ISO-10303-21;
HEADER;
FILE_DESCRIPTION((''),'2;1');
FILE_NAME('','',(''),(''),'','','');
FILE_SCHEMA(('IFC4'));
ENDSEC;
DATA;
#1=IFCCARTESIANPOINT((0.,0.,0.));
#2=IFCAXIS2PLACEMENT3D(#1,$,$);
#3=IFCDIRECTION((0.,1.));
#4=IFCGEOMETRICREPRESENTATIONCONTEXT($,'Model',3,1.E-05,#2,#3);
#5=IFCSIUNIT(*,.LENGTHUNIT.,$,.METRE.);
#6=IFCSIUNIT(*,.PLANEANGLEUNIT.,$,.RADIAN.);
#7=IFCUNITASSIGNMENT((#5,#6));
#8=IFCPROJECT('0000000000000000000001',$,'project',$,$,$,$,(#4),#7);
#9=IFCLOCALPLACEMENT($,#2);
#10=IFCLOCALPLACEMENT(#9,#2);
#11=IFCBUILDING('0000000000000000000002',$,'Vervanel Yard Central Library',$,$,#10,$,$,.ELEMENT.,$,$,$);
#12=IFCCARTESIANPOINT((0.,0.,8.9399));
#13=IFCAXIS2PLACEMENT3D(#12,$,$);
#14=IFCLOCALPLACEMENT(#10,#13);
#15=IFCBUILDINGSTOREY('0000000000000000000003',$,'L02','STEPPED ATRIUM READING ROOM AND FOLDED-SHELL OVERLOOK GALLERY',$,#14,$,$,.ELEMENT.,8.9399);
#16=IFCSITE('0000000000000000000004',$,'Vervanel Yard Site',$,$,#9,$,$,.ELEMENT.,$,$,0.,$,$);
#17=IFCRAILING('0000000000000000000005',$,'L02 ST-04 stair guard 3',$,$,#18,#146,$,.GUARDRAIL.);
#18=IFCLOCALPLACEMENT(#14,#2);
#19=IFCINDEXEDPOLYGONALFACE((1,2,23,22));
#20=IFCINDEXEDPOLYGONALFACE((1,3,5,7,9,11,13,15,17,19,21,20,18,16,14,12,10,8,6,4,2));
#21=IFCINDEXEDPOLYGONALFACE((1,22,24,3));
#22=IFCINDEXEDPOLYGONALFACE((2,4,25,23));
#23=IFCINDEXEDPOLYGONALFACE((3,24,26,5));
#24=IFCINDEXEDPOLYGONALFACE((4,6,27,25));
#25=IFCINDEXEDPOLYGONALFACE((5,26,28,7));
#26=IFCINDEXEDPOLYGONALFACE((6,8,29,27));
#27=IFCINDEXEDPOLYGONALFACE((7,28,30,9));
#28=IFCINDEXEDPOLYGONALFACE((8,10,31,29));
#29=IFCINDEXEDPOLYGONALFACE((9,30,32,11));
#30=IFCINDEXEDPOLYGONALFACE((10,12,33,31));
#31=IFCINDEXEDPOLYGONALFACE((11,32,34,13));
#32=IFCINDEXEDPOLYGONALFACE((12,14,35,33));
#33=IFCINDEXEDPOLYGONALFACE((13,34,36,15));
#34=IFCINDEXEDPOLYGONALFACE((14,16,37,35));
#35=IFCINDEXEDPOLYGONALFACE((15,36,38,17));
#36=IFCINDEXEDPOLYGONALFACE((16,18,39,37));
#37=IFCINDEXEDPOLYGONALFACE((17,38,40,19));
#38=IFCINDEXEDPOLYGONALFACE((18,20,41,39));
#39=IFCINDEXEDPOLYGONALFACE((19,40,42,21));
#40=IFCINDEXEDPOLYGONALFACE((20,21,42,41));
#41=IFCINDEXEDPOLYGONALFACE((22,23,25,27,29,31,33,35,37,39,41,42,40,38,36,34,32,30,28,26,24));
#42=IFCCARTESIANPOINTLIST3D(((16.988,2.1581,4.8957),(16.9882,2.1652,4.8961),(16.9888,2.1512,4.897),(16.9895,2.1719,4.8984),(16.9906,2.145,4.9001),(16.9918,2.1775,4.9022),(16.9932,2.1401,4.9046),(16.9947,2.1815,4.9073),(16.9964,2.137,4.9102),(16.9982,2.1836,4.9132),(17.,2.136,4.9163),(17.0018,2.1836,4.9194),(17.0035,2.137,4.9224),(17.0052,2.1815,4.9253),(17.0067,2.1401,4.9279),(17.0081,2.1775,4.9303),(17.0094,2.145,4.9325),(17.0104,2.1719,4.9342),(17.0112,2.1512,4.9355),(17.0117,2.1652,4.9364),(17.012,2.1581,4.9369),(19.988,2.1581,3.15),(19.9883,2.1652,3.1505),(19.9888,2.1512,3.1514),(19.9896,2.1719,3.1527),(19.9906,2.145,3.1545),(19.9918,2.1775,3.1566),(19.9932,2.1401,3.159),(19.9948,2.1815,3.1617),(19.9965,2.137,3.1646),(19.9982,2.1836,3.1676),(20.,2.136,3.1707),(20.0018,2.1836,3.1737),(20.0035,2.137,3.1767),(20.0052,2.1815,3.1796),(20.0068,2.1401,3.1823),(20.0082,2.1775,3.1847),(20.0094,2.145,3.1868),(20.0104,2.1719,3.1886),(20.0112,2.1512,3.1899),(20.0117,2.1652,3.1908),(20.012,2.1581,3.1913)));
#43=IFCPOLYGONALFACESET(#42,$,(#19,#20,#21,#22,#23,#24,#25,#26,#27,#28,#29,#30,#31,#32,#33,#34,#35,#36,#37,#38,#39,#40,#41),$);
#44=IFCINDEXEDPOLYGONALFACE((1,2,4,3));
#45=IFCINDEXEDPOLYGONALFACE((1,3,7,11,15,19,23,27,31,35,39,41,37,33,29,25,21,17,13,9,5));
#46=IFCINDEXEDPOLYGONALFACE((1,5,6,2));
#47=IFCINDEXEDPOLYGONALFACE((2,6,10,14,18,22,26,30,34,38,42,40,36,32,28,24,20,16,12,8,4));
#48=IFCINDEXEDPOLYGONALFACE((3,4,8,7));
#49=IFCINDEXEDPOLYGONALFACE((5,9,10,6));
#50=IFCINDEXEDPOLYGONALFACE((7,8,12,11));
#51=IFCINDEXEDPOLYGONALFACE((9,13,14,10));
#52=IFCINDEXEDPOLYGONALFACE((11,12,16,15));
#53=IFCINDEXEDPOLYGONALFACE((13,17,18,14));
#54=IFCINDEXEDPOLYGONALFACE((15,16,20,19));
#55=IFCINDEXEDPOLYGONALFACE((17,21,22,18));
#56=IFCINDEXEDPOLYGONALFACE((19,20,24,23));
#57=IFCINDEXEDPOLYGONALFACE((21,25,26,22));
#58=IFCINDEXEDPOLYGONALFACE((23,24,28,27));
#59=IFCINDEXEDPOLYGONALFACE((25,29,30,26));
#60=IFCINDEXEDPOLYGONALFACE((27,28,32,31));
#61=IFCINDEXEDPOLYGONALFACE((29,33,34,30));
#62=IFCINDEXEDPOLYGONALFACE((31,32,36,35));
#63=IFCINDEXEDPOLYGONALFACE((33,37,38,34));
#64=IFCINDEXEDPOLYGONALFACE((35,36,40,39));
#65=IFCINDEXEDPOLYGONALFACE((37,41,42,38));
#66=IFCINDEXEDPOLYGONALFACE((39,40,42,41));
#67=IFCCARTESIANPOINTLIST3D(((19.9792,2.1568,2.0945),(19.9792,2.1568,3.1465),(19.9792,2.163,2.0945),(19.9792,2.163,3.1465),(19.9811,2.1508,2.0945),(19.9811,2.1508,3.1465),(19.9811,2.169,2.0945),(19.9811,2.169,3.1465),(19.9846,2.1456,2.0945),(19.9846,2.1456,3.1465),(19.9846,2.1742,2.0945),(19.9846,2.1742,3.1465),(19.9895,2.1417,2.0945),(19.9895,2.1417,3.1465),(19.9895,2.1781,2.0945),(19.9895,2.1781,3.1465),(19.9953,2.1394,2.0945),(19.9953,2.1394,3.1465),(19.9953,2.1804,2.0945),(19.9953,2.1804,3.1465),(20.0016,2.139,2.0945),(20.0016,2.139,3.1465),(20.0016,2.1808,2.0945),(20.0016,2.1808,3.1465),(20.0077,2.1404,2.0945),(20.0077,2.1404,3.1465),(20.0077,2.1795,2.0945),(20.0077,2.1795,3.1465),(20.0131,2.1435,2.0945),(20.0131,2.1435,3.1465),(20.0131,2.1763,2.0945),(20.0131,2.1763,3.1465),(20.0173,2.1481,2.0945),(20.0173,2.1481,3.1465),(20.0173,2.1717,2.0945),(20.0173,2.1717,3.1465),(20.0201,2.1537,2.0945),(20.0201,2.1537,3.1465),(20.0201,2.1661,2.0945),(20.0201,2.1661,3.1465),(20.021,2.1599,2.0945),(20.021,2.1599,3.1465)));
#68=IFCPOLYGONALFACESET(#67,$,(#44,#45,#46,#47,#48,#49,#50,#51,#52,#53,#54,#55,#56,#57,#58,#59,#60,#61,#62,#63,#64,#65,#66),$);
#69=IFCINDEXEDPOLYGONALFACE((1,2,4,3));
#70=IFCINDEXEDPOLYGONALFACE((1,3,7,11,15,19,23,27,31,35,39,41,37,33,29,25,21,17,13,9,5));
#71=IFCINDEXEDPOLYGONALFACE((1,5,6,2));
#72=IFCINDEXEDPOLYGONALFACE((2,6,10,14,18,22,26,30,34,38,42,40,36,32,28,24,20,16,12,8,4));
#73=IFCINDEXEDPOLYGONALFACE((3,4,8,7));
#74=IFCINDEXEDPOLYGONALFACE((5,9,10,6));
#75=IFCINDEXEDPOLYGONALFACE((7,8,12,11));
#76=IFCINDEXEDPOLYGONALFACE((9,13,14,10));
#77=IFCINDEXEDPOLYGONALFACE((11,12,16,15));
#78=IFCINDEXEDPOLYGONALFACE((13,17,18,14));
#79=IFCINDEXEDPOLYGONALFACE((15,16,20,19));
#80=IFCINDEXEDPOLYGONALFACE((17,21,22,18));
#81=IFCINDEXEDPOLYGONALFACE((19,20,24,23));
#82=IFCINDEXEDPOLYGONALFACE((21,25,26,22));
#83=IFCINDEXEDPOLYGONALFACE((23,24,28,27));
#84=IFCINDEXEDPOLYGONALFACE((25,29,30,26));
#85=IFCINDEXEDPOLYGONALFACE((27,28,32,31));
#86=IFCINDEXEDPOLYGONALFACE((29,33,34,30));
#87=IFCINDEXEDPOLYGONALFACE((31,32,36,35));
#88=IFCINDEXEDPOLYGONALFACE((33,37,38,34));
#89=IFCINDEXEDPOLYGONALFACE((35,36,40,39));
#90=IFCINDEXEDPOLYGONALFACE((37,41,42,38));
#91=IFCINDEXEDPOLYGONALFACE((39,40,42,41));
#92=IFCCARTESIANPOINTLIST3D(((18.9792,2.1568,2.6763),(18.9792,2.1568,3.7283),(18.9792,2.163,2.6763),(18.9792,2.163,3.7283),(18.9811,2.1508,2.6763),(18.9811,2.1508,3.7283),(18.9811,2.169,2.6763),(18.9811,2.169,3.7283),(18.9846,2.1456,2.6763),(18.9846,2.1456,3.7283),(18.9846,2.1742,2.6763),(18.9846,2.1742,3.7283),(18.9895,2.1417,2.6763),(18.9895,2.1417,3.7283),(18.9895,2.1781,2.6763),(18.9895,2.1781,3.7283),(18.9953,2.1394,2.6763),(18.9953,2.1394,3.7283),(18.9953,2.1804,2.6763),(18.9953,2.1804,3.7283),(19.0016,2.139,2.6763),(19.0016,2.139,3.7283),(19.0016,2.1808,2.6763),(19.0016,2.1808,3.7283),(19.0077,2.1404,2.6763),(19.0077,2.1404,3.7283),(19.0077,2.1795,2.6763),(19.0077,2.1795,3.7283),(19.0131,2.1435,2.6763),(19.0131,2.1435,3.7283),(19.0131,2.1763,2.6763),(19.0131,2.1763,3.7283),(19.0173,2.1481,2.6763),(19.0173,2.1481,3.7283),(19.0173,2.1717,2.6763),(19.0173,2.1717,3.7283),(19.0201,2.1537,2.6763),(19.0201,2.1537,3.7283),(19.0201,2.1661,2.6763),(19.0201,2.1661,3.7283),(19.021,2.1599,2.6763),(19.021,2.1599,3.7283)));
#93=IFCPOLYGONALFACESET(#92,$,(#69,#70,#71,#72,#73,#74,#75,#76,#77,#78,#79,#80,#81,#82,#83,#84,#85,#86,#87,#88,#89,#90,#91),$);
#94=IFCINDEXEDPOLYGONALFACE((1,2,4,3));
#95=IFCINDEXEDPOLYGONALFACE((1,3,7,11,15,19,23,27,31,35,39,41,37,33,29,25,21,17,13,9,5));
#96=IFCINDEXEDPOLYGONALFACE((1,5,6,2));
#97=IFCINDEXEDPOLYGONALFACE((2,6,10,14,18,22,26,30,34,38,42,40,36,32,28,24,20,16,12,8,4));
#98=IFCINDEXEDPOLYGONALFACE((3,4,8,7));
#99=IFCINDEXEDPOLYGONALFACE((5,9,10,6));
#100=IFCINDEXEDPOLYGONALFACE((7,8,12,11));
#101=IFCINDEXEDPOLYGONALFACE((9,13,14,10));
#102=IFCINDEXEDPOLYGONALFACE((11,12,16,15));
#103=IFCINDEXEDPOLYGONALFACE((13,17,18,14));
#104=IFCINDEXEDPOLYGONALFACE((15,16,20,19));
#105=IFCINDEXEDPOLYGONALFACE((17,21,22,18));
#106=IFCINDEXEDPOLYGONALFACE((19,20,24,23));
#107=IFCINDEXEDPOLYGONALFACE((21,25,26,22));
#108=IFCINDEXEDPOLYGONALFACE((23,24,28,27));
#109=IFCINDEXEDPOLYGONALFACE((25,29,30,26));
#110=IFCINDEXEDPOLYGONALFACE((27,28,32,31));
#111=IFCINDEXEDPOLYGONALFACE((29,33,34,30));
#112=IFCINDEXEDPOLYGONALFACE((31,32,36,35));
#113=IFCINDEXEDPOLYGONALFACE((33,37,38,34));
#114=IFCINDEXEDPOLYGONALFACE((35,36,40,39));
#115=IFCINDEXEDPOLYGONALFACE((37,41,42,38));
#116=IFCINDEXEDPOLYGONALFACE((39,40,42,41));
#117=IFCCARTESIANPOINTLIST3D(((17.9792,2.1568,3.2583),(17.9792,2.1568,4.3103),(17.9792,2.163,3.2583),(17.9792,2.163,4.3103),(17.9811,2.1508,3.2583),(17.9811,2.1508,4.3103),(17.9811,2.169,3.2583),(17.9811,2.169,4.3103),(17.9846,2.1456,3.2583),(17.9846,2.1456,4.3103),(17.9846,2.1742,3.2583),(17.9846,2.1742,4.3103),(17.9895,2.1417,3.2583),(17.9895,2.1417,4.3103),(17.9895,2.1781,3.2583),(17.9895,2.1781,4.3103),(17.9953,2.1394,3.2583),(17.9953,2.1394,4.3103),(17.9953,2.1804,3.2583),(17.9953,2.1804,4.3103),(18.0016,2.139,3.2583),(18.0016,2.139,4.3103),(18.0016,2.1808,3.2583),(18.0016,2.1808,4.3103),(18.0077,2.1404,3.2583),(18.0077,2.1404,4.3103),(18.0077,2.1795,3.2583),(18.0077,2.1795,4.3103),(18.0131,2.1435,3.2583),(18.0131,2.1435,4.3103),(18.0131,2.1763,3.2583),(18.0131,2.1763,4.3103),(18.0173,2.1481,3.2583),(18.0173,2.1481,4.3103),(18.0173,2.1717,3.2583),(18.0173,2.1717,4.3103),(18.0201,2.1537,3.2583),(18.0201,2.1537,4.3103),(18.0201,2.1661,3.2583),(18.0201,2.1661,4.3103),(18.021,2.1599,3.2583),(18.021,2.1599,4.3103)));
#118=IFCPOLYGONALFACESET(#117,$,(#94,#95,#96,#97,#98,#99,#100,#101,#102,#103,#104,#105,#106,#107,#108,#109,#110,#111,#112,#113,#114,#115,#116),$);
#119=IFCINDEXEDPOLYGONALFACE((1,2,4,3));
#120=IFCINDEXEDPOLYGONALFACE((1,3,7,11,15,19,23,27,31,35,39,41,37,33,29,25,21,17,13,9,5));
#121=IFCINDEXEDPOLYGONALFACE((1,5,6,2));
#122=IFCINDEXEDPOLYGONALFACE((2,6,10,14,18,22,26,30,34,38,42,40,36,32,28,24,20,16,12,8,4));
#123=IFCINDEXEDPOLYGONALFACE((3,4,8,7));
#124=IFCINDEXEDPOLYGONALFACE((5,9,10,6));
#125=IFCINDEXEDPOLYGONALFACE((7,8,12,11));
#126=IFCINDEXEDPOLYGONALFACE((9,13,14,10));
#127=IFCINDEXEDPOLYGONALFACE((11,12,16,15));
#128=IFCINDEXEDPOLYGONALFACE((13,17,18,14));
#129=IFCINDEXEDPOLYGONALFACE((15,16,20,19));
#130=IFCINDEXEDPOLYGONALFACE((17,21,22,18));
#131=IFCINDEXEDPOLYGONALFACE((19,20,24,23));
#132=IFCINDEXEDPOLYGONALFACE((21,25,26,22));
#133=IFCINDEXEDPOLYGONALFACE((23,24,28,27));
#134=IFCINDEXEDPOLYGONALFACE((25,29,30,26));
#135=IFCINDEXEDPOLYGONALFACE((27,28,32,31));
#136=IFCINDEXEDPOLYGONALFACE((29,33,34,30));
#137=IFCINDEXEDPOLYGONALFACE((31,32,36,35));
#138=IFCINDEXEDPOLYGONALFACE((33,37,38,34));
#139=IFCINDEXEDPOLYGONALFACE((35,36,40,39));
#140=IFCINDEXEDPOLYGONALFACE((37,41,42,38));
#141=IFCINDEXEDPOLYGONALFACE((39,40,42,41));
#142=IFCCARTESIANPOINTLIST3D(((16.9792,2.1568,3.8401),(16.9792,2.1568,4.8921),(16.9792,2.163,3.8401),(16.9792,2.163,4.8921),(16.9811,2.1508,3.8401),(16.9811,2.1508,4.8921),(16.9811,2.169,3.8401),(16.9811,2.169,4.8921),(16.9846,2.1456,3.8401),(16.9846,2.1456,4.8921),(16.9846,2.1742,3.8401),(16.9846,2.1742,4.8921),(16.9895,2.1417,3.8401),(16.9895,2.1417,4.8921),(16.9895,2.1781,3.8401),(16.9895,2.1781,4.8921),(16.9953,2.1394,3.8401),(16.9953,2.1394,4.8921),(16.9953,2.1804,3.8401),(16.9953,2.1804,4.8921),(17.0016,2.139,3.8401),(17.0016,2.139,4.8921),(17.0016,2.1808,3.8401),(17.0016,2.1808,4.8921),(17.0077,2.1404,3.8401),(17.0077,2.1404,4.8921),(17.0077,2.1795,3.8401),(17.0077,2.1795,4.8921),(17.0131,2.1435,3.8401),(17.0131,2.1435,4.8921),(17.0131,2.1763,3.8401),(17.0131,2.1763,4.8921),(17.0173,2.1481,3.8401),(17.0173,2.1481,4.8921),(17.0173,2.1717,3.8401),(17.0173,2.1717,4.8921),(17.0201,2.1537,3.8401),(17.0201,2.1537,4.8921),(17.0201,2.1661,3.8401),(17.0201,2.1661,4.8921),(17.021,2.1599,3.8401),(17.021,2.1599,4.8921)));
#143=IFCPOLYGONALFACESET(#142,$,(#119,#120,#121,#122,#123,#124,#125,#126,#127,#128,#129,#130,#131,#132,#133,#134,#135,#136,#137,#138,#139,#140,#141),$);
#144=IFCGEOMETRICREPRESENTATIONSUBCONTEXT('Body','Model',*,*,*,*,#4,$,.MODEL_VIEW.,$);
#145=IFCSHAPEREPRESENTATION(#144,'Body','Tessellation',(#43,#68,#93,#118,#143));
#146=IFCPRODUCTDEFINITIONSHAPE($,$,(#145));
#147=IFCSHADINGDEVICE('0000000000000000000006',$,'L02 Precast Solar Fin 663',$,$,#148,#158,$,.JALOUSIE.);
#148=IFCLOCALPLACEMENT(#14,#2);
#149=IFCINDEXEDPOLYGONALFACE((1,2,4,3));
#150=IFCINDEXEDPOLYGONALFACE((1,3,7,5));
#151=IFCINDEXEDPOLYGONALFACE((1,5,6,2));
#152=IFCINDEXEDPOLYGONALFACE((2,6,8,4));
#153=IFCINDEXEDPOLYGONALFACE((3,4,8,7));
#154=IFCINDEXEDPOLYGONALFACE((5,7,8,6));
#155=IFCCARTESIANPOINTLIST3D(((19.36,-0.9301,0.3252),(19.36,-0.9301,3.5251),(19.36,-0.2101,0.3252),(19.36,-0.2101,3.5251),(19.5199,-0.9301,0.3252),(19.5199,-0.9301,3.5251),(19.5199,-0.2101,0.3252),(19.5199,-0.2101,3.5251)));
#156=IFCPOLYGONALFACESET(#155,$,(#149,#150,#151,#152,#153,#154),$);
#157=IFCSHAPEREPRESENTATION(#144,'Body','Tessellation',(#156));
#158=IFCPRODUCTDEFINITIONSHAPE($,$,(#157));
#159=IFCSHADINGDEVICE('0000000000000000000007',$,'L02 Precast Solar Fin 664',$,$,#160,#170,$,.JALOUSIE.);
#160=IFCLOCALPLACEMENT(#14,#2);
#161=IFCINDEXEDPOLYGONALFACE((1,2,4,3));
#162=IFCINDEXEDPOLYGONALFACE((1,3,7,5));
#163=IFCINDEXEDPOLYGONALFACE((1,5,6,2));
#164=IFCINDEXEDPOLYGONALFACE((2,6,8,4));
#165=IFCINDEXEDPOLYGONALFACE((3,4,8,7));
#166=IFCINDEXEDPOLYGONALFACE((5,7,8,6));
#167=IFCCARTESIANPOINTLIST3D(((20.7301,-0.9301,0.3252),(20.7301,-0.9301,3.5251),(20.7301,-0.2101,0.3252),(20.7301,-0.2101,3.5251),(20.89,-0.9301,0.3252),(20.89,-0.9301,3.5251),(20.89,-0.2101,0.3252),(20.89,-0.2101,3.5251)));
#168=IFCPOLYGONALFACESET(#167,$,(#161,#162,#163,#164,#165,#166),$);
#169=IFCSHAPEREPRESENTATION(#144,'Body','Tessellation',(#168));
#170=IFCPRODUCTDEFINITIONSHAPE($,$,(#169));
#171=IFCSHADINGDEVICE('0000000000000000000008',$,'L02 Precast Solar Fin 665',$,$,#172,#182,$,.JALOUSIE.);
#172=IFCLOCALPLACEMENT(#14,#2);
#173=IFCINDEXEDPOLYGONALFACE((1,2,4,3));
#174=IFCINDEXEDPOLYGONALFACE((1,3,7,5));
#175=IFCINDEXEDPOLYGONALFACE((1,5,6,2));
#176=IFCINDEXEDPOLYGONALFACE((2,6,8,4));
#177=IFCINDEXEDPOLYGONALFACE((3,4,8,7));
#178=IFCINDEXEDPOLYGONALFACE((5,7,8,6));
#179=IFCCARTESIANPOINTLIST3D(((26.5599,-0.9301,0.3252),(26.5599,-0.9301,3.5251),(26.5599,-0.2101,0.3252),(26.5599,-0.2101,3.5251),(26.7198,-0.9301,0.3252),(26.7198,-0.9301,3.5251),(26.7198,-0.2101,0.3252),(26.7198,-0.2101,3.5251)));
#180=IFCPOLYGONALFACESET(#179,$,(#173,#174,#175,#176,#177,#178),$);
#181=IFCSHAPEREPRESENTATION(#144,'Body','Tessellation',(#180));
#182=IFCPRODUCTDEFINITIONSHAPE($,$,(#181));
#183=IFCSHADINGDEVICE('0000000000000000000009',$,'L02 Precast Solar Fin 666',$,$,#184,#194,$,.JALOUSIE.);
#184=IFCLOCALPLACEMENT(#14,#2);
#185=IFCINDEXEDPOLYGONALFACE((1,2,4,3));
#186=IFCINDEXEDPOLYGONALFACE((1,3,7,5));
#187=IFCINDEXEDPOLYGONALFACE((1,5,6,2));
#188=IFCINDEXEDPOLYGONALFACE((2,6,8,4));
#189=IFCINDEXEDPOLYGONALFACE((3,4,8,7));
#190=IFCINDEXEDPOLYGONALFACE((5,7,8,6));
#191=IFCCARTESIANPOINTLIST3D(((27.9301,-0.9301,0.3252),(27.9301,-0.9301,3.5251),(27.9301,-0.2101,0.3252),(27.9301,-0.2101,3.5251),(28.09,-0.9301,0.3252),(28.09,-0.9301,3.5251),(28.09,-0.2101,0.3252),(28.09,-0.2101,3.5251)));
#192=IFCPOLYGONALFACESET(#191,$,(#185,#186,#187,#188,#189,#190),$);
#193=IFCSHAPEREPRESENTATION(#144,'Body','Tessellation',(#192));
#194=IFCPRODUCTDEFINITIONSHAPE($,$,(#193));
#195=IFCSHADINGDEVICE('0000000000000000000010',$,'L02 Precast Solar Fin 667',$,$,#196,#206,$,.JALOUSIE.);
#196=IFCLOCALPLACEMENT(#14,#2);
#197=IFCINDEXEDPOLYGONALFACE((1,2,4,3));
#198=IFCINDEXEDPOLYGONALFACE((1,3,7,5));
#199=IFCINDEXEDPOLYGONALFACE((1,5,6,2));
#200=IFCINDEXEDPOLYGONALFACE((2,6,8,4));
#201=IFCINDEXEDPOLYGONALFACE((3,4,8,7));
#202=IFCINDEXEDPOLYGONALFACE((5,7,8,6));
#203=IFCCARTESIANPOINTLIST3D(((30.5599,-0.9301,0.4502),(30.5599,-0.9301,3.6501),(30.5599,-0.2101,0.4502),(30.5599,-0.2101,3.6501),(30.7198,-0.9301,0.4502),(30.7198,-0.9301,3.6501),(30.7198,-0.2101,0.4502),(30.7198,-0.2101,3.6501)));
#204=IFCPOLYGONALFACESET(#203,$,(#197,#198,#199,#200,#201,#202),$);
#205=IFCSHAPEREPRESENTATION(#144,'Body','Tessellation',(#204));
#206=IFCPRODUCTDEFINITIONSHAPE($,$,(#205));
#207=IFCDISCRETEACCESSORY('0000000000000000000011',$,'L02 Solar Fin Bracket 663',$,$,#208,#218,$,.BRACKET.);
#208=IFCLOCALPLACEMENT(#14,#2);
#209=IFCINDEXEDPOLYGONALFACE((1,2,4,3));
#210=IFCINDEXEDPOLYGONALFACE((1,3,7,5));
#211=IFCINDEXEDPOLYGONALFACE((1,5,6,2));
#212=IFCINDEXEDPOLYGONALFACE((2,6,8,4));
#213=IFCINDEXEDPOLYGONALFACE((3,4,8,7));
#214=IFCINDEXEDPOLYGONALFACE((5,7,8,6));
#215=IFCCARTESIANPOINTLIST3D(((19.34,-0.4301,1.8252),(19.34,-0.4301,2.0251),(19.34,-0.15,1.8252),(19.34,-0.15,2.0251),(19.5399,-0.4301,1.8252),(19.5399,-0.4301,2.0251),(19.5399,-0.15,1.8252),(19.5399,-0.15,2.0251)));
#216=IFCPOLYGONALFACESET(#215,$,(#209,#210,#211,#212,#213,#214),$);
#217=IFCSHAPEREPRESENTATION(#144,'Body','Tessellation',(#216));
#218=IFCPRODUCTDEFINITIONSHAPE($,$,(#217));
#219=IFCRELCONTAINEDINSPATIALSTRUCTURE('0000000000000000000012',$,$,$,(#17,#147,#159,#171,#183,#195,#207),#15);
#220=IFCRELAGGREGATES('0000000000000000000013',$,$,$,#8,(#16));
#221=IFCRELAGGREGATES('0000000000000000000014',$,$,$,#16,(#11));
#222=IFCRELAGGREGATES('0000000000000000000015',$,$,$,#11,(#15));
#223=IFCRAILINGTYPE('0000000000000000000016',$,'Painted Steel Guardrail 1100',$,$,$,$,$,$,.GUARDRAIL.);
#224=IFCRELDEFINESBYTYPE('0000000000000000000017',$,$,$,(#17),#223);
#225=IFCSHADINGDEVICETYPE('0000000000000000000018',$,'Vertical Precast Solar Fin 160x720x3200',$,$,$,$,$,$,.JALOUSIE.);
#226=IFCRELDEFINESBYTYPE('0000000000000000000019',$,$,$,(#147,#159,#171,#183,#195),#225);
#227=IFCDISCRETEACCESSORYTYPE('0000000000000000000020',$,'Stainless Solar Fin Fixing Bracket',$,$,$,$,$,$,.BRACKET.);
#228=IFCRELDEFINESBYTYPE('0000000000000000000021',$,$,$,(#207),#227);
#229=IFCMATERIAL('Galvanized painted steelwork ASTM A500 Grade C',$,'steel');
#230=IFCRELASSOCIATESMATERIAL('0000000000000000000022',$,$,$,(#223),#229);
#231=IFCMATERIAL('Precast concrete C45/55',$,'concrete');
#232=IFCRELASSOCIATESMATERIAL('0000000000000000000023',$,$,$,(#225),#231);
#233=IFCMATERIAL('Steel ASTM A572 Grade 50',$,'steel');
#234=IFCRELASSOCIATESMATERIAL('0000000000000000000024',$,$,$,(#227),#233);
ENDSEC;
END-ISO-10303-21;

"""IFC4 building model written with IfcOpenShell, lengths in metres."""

from ifc_helpers import new_model, si_unit, direction, frame, origin, origin_2d, place, context, subcontext, project, spatial, rectangle, circle, extrude, material, type_object, element, save


model = new_model("IFC4")

# Units and contexts
model_context = context("Model", 3, precision=1e-05, world=origin(), true_north=direction((0.0, 1.0)))
body_context = subcontext(model_context, "Body", "Model", "MODEL_VIEW")
ifc_project = project(units=[si_unit("LENGTHUNIT", "METRE"), si_unit("PLANEANGLEUNIT", "RADIAN")], contexts=[model_context])

# Site, building, storey
site_placement = place(None, origin())
site = spatial("IfcSite", under=ifc_project, at=site_placement, Name="Vervanel Yard Site", CompositionType="ELEMENT", RefElevation=0.0)
building_placement = place(site_placement, origin())
building = spatial("IfcBuilding", under=site, at=building_placement, Name="Vervanel Yard Central Library", CompositionType="ELEMENT")
storey_placement = place(building_placement, frame((0.0, 0.0, 8.9399)))
storey = spatial("IfcBuildingStorey", under=building, at=storey_placement, Name="L02", Description="STEPPED ATRIUM READING ROOM AND FOLDED-SHELL OVERLOOK GALLERY", CompositionType="ELEMENT", Elevation=8.9399)

# Shared definitions
ifc_material_1 = material(Name="Galvanized painted steelwork ASTM A500 Grade C", Category="steel")

# Shared definitions
ifc_material_2 = material(Name="Precast concrete C45/55", Category="concrete")

# Railing
railing_type_1 = type_object("IfcRailingType", Name="Painted Steel Guardrail 1100", PredefinedType="GUARDRAIL", material=ifc_material_1)
railing_1_placement = place(storey_placement, frame((20.0, 2.1599, 2.0945)))
element("IfcRailing", 1, at=railing_1_placement, inside=storey, type_object=railing_type_1, Name="L02 ST-04 stair guard 3", PredefinedType="GUARDRAIL", context=body_context, shape_type="SweptSolid", body=[
    extrude(circle(Radius=0.0239, at=origin_2d()), frame((0.0, 0.0, 1.0762), z_axis=(-0.864329, 0.0, 0.502926), x_axis=(0.0, -1.0, 0.0)), (0.0, 0.0, 1.0), 3.4709),
    extrude(circle(Radius=0.021, at=origin_2d()), origin(), (0.0, 0.0, 1.0), 1.052),
    extrude(circle(Radius=0.021, at=origin_2d()), frame((-1.0, 0.0, 0.5818)), (0.0, 0.0, 1.0), 1.052),
    extrude(circle(Radius=0.021, at=origin_2d()), frame((-2.0, 0.0, 1.1638)), (0.0, 0.0, 1.0), 1.052),
    extrude(circle(Radius=0.021, at=origin_2d()), frame((-3.0, 0.0, 1.7456)), (0.0, 0.0, 1.0), 1.052),
])

# Shading devices
shading_device_type = type_object("IfcShadingDeviceType", Name="Vertical Precast Solar Fin 160x720x3200", PredefinedType="JALOUSIE", material=ifc_material_2)
for number, where, z_axis, x_axis, name in (
    (2, (19.4399, -0.5701, 0.3252), (0.0, 0.0, 1.0), (1.0, 0.0, 0.0), "L02 Precast Solar Fin 663"),
    (3, (20.8101, -0.5701, 0.3252), (0.0, 0.0, 1.0), (1.0, 0.0, 0.0), "L02 Precast Solar Fin 664"),
    (4, (26.6399, -0.5701, 0.3252), (0.0, 0.0, 1.0), (1.0, 0.0, 0.0), "L02 Precast Solar Fin 665"),
    (5, (28.01, -0.5701, 0.3252), (0.0, 0.0, 1.0), (1.0, 0.0, 0.0), "L02 Precast Solar Fin 666"),
    (6, (30.6399, -0.5701, 0.4502), (0.0, 0.0, 1.0), (1.0, 0.0, 0.0), "L02 Precast Solar Fin 667"),
):
    element("IfcShadingDevice", number, at=place(storey_placement, frame(where, z_axis=z_axis, x_axis=x_axis)), inside=storey, type_object=shading_device_type, Name=name, PredefinedType="JALOUSIE", context=body_context, shape_type="SweptSolid", body=[
        extrude(rectangle(XDim=0.1599, YDim=0.72, at=origin_2d()), origin(), (0.0, 0.0, 1.0), 3.2),
    ])

# Discrete accessory
ifc_material_3 = material(Name="Steel ASTM A572 Grade 50", Category="steel")
discrete_accessory_type = type_object("IfcDiscreteAccessoryType", Name="Stainless Solar Fin Fixing Bracket", PredefinedType="BRACKET", material=ifc_material_3)
for number, where, z_axis, x_axis, name in (
    (7, (19.4399, -0.29, 1.8252), (0.0, 0.0, 1.0), (1.0, 0.0, 0.0), "L02 Solar Fin Bracket 663"),
):
    element("IfcDiscreteAccessory", number, at=place(storey_placement, frame(where, z_axis=z_axis, x_axis=x_axis)), inside=storey, type_object=discrete_accessory_type, Name=name, PredefinedType="BRACKET", context=body_context, shape_type="SweptSolid", body=[
        extrude(rectangle(XDim=0.2, YDim=0.28, at=origin_2d()), origin(), (0.0, 0.0, 1.0), 0.2),
    ])

save(model, "model.ifc")
